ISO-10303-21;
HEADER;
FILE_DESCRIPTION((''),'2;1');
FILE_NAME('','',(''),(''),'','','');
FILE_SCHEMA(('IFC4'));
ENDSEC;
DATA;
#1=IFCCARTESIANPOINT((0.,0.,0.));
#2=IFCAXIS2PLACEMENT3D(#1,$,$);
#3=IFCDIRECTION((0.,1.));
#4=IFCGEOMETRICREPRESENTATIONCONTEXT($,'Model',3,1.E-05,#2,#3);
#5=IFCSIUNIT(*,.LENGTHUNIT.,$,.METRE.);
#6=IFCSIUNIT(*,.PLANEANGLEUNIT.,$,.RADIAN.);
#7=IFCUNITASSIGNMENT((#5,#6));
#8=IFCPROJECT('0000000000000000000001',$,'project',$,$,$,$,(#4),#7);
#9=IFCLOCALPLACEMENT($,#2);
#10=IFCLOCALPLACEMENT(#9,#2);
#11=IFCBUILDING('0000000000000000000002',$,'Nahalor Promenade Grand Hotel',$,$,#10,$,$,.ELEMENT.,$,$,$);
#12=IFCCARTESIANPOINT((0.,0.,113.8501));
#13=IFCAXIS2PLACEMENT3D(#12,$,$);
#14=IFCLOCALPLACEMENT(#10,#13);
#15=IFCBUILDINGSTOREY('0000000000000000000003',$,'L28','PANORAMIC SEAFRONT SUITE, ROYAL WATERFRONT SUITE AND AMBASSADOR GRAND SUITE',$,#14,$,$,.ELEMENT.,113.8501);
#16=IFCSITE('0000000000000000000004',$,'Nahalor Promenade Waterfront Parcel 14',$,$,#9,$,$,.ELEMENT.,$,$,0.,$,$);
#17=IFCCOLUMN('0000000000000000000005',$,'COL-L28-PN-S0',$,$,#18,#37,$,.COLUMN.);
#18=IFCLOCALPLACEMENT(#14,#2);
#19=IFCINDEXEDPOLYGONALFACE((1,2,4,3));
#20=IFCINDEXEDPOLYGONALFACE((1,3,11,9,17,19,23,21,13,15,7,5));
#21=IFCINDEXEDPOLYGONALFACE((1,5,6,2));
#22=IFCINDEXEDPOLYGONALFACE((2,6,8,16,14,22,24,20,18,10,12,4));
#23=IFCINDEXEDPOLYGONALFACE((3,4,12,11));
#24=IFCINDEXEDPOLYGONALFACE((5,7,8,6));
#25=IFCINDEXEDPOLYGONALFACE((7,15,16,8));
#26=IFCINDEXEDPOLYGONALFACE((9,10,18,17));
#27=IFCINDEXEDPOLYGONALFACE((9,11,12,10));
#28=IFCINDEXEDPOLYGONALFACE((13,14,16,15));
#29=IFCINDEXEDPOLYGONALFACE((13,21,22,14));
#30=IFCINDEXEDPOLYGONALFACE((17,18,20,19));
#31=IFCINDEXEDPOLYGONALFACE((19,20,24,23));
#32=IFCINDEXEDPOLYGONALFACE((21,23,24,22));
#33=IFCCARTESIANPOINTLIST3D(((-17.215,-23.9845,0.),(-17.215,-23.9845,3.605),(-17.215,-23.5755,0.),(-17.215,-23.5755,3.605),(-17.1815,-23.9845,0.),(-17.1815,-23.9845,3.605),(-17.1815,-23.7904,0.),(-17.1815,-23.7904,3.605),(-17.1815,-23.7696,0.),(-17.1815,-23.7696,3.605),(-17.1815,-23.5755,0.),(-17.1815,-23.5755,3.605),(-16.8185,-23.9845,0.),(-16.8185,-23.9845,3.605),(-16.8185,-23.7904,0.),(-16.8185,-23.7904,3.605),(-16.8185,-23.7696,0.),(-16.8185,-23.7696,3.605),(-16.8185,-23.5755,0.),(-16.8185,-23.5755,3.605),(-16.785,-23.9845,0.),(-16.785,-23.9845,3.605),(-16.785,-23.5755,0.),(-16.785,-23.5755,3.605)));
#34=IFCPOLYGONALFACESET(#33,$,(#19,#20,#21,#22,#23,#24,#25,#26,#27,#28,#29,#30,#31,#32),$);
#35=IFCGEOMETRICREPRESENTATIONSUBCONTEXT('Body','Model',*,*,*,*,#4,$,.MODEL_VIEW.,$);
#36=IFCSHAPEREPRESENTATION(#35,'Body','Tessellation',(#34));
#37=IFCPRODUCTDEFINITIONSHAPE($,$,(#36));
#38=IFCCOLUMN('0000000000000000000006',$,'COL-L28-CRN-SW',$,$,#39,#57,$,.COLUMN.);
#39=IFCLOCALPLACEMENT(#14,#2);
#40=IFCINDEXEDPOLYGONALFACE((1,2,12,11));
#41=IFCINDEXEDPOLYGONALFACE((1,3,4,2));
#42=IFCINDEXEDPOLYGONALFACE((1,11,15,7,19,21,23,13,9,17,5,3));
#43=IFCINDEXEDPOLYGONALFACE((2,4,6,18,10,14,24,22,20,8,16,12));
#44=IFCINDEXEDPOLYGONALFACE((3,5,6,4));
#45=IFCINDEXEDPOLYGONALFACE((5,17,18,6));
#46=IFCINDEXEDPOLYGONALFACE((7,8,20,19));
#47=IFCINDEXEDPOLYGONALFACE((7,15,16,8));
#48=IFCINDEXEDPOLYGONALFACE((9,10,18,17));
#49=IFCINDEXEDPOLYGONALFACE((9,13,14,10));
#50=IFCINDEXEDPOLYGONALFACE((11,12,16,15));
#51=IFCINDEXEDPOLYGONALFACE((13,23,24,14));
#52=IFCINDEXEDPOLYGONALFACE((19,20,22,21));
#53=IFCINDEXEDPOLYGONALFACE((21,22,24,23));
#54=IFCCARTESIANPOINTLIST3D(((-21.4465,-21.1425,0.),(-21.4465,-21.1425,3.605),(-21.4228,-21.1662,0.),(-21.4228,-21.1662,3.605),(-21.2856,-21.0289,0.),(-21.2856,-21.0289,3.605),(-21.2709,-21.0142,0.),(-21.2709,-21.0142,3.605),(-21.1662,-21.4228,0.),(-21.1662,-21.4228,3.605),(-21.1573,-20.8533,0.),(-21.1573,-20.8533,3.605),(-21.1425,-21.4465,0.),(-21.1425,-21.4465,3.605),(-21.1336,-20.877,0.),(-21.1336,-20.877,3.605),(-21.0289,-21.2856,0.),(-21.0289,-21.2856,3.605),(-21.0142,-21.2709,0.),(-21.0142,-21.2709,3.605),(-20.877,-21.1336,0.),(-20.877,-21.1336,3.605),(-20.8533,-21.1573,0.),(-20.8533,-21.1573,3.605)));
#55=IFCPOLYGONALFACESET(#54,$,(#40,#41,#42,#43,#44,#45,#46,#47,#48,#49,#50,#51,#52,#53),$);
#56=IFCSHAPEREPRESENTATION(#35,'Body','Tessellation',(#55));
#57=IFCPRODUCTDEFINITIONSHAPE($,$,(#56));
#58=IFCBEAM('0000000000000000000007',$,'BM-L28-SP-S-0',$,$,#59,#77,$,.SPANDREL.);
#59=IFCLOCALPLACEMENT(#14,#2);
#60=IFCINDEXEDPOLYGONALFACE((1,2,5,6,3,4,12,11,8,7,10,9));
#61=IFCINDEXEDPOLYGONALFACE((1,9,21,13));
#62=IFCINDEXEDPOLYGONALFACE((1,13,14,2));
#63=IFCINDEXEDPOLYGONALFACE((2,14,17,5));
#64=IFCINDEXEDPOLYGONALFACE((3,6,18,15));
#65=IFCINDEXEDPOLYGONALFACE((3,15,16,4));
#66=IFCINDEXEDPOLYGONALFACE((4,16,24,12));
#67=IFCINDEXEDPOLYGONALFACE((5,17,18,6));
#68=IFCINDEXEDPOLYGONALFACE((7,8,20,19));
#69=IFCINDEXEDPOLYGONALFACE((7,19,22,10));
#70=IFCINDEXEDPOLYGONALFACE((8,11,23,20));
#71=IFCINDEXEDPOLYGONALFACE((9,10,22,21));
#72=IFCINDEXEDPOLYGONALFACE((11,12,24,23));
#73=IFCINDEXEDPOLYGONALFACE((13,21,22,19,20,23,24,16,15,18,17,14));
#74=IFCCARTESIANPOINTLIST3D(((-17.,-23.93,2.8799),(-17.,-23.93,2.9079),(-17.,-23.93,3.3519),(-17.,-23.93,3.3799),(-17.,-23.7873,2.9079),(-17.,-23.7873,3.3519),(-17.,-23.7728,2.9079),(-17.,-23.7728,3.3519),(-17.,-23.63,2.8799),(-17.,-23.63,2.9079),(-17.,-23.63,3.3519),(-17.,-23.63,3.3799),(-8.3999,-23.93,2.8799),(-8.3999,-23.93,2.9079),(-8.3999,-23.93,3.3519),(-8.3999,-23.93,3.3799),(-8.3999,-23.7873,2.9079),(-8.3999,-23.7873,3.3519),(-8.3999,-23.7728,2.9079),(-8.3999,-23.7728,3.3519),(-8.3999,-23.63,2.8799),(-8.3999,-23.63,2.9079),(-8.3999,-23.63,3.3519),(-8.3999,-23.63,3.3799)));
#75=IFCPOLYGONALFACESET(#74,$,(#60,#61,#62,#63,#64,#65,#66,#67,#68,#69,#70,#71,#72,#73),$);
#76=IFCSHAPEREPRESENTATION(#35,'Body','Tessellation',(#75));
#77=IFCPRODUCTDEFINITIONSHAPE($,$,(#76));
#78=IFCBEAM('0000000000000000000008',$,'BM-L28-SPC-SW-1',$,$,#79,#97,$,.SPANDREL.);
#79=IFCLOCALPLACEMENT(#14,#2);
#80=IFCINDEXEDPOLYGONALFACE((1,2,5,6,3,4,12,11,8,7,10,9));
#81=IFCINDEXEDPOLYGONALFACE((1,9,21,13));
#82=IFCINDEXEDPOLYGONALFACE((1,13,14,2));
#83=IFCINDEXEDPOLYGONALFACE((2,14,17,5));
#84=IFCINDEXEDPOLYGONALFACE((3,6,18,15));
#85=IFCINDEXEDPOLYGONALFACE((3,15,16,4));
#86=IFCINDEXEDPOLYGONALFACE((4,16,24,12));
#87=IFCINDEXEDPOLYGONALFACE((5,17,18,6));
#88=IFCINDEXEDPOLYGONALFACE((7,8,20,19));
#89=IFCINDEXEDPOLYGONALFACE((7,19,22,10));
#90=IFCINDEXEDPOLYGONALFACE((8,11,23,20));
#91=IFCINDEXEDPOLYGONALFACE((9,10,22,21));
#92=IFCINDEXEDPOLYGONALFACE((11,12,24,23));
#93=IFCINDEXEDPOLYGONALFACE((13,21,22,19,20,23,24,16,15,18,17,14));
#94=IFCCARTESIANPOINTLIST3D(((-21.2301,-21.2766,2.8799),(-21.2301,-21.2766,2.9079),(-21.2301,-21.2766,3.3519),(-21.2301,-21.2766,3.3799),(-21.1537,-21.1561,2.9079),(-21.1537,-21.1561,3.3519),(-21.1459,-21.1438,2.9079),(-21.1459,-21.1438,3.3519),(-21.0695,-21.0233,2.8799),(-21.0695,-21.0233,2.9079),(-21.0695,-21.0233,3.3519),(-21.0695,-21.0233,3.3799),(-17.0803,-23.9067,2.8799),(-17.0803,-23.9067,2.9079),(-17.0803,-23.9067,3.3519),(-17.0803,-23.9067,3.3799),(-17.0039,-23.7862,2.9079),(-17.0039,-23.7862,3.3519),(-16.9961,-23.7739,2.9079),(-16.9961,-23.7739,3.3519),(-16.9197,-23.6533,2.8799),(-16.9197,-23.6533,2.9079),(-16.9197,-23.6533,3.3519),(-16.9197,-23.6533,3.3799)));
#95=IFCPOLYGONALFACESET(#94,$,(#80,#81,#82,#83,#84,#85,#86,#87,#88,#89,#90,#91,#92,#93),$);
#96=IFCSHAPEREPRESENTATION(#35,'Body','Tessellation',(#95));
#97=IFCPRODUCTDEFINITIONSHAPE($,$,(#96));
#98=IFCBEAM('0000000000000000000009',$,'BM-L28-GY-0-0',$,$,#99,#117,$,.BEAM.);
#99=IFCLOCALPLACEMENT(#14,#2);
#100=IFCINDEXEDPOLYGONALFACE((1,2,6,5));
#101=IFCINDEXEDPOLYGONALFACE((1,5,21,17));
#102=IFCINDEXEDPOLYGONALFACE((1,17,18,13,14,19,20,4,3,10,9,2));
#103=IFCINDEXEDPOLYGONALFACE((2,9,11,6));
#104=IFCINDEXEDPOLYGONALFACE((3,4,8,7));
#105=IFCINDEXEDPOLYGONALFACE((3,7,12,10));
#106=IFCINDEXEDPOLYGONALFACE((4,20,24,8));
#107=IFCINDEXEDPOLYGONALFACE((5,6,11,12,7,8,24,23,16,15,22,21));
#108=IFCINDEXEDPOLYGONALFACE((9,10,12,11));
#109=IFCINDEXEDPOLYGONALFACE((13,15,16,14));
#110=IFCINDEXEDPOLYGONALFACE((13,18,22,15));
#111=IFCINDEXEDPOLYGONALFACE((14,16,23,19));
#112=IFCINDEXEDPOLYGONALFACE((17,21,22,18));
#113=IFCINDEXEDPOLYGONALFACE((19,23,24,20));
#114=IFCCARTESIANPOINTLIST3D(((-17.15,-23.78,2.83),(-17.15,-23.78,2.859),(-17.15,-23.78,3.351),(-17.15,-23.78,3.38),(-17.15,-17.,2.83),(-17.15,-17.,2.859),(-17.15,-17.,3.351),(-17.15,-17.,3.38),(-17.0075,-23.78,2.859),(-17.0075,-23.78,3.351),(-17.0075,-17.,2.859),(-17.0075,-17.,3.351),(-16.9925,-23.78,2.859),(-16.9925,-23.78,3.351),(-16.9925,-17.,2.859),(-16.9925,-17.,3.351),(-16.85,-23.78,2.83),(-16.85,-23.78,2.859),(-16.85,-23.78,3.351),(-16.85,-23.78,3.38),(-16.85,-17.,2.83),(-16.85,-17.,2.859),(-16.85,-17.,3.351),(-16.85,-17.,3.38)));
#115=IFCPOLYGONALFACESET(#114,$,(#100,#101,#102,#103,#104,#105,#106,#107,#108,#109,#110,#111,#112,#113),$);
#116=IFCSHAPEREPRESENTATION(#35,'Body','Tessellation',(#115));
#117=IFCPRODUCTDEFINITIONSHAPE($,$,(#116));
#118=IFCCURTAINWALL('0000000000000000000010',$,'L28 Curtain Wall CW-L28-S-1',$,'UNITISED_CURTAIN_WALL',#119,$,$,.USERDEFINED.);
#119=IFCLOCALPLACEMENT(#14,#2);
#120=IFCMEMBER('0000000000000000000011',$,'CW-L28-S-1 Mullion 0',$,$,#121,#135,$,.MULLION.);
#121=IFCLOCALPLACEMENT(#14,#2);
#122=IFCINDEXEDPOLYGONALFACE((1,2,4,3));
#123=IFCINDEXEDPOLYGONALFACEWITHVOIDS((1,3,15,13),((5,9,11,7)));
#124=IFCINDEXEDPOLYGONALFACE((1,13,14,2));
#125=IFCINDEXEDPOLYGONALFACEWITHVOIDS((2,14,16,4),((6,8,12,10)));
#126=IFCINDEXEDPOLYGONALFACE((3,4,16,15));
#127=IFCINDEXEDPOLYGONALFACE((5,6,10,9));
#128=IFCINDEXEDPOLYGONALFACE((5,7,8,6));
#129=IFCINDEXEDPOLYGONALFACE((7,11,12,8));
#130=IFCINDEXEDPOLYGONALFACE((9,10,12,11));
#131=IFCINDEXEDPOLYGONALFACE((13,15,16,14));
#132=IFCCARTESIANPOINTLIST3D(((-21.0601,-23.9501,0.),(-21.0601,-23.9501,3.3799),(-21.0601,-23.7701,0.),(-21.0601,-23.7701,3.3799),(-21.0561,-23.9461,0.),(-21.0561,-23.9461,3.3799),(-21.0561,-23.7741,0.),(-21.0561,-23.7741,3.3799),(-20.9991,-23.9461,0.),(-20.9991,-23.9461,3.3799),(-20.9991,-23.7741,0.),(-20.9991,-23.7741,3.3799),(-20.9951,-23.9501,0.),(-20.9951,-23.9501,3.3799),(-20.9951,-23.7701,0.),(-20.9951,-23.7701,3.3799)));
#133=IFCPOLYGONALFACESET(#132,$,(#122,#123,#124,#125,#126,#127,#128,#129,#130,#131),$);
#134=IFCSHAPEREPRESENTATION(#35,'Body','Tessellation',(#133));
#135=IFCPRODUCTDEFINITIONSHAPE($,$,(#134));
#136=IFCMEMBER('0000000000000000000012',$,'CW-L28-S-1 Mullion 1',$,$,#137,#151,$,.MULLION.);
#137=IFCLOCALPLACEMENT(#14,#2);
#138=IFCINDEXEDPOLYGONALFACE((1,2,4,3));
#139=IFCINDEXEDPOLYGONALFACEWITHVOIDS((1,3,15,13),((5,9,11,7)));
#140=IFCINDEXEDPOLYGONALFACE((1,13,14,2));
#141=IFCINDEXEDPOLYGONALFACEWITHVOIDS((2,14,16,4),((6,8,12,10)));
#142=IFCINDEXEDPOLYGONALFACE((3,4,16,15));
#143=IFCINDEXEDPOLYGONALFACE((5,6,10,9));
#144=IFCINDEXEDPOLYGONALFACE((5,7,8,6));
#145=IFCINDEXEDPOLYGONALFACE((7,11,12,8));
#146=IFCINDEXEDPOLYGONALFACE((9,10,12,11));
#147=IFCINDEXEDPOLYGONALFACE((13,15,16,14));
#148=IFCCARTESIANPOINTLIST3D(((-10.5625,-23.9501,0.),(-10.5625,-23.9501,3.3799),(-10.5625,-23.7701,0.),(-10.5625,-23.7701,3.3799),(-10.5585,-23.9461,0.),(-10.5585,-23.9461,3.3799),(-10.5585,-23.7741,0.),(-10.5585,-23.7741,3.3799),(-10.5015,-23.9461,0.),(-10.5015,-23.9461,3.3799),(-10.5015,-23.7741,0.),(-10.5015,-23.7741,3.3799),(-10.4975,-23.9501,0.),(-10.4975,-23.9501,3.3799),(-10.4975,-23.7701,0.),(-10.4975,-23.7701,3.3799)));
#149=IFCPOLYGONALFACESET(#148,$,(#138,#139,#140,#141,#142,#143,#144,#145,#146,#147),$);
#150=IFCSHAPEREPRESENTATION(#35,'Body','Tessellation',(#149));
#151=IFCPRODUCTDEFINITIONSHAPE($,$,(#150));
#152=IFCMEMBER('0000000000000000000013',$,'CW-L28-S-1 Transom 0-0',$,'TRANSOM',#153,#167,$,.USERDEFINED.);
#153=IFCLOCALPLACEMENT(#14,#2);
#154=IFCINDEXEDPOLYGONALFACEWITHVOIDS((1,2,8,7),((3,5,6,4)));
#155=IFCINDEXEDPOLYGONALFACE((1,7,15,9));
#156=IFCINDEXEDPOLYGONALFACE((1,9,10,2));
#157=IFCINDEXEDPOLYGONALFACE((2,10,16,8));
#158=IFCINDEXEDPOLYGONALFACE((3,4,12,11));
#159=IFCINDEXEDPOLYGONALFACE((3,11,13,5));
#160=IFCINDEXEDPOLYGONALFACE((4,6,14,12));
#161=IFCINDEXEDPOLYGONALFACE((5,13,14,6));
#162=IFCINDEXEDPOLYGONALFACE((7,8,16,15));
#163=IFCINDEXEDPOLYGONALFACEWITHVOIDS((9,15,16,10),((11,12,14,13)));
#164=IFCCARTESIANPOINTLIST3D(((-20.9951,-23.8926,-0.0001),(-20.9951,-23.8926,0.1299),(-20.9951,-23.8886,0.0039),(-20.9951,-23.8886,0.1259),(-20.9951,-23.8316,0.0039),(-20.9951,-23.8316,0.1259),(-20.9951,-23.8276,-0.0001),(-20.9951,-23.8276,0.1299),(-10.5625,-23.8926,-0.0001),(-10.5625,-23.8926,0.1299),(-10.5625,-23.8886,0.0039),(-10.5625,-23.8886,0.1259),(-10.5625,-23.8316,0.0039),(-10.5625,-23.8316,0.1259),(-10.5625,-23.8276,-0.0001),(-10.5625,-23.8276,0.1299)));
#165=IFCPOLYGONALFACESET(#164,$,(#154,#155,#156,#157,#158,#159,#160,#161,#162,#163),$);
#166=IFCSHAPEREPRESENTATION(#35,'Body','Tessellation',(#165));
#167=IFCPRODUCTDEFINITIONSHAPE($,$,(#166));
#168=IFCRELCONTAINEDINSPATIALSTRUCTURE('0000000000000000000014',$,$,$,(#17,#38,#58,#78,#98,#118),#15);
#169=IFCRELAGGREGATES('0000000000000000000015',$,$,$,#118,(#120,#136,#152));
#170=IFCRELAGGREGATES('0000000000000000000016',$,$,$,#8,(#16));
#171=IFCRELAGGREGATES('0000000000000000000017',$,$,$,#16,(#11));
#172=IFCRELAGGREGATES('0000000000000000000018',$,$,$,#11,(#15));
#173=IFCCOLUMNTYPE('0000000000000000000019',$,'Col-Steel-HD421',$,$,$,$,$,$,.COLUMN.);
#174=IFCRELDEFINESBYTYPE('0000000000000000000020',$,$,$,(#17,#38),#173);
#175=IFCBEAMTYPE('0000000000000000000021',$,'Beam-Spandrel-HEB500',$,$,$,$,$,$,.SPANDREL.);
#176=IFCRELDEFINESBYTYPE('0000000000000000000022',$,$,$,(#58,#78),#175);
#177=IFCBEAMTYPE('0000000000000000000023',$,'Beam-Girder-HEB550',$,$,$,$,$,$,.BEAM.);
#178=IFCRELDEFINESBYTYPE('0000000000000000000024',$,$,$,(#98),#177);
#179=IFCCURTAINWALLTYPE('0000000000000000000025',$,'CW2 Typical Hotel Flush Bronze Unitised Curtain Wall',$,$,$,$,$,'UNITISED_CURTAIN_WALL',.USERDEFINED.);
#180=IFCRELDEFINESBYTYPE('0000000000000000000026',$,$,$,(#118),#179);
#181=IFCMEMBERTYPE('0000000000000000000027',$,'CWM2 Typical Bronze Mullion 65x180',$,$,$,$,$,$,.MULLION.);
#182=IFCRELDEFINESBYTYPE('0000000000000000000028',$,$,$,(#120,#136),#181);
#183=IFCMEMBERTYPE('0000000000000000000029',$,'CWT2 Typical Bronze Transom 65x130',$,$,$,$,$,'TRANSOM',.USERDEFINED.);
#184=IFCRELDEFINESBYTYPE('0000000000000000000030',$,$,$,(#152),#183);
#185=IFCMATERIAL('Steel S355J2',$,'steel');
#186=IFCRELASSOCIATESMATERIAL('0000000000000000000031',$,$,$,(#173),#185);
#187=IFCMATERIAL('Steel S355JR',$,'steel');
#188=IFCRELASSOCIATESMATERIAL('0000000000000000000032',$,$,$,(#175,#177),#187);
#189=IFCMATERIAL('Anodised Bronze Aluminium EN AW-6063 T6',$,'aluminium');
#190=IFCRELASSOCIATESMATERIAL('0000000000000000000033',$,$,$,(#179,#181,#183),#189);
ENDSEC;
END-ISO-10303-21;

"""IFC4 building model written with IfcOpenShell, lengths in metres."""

from ifc_helpers import new_model, si_unit, direction, frame, origin, origin_2d, place, context, subcontext, project, spatial, hollow_rectangle, i_section, extrude, source, transform, mapped, material, material_profile, profile_set, type_object, element, aggregate, save


model = new_model("IFC4")

# Units and contexts
model_context = context("Model", 3, precision=1e-05, world=origin(), true_north=direction((0.0, 1.0)))
body_context = subcontext(model_context, "Body", "Model", "MODEL_VIEW")
ifc_project = project(units=[si_unit("LENGTHUNIT", "METRE"), si_unit("PLANEANGLEUNIT", "RADIAN")], contexts=[model_context])

# Site, building, storey
site_placement = place(None, origin())
site = spatial("IfcSite", under=ifc_project, at=site_placement, Name="Nahalor Promenade Waterfront Parcel 14", CompositionType="ELEMENT", RefElevation=0.0)
building_placement = place(site_placement, origin())
building = spatial("IfcBuilding", under=site, at=building_placement, Name="Nahalor Promenade Grand Hotel", CompositionType="ELEMENT")
storey_placement = place(building_placement, frame((0.0, 0.0, 113.8501)))
storey = spatial("IfcBuildingStorey", under=building, at=storey_placement, Name="L28", Description="PANORAMIC SEAFRONT SUITE, ROYAL WATERFRONT SUITE AND AMBASSADOR GRAND SUITE", CompositionType="ELEMENT", Elevation=113.8501)

# Columns
ifc_material_1 = material(Name="Steel S355J2", Category="steel")
ifc_material_profile_1 = material_profile(ifc_material_1, i_section(OverallWidth=0.409, OverallDepth=0.43, WebThickness=0.0208, FlangeThickness=0.0335, at=origin_2d()), Name="HD 400x421")
ifc_profile_set_1 = profile_set([ifc_material_profile_1], Name="Steel S355J2")
column_type = type_object("IfcColumnType", Name="Col-Steel-HD421", PredefinedType="COLUMN", material=ifc_profile_set_1)
shared_shape_1 = source(origin(), body_context, "Body", "SweptSolid", [
    extrude(i_section(OverallWidth=0.409, OverallDepth=0.43, WebThickness=0.0208, FlangeThickness=0.0335, at=origin_2d()), origin(), (0.0, 0.0, 1.0), 3.605),
])
for number, where, z_axis, x_axis, name in (
    (1, (-17.0, -23.78, 0.0), (0.0, 0.0, 1.0), (0.0, 1.0, 0.0), "COL-L28-PN-S0"),
    (2, (-21.1499, -21.1499, 0.0), (0.0, 0.0, 1.0), (0.707107, 0.707107, 0.0), "COL-L28-CRN-SW"),
):
    element("IfcColumn", number, at=place(storey_placement, frame(where, z_axis=z_axis, x_axis=x_axis)), inside=storey, type_object=column_type, Name=name, PredefinedType="COLUMN", context=body_context, shape_type="MappedRepresentation", body=[
        mapped(shared_shape_1, transform((0.0, 0.0, 0.0), scale=1.0)),
    ])

# Beams
ifc_material_2 = material(Name="Steel S355JR", Category="steel")
ifc_material_profile_2 = material_profile(ifc_material_2, i_section(OverallWidth=0.3, OverallDepth=0.5, WebThickness=0.0145, FlangeThickness=0.028, at=origin_2d()), Name="HEB 500")
ifc_profile_set_2 = profile_set([ifc_material_profile_2], Name="Steel S355JR")
beam_type_1 = type_object("IfcBeamType", Name="Beam-Spandrel-HEB500", PredefinedType="SPANDREL", material=ifc_profile_set_2)
shared_shape_2 = source(origin(), body_context, "Body", "SweptSolid", [
    extrude(i_section(OverallWidth=0.3, OverallDepth=0.5, WebThickness=0.0145, FlangeThickness=0.028, at=origin_2d()), origin(), (0.0, 0.0, 1.0), 8.6001),
])
beam_1_placement = place(storey_placement, frame((-17.0, -23.78, 3.1299), z_axis=(1.0, 0.0, 0.0), x_axis=(0.0, 1.0, 0.0)))
element("IfcBeam", 3, at=beam_1_placement, inside=storey, type_object=beam_type_1, Name="BM-L28-SP-S-0", PredefinedType="SPANDREL", context=body_context, shape_type="MappedRepresentation", body=[
    mapped(shared_shape_2, transform((0.0, 0.0, 0.0), scale=1.0)),
])
shared_shape_3 = source(origin(), body_context, "Body", "SweptSolid", [
    extrude(i_section(OverallWidth=0.3, OverallDepth=0.5, WebThickness=0.0145, FlangeThickness=0.028, at=origin_2d()), origin(), (0.0, 0.0, 1.0), 4.9131),
])
beam_2_placement = place(storey_placement, frame((-17.0, -23.78, 3.1299), z_axis=(-0.844648, 0.535322, 0.0), x_axis=(-0.535322, -0.844648, 0.0)))
element("IfcBeam", 4, at=beam_2_placement, inside=storey, type_object=beam_type_1, Name="BM-L28-SPC-SW-1", PredefinedType="SPANDREL", context=body_context, shape_type="MappedRepresentation", body=[
    mapped(shared_shape_3, transform((0.0, 0.0, 0.0), scale=1.0)),
])
ifc_material_profile_3 = material_profile(ifc_material_2, i_section(OverallWidth=0.3, OverallDepth=0.55, WebThickness=0.015, FlangeThickness=0.029, at=origin_2d()), Name="HEB 550")
ifc_profile_set_3 = profile_set([ifc_material_profile_3], Name="Steel S355JR")
beam_type_2 = type_object("IfcBeamType", Name="Beam-Girder-HEB550", PredefinedType="BEAM", material=ifc_profile_set_3)
shared_shape_4 = source(origin(), body_context, "Body", "SweptSolid", [
    extrude(i_section(OverallWidth=0.3, OverallDepth=0.55, WebThickness=0.015, FlangeThickness=0.029, at=origin_2d()), origin(), (0.0, 0.0, 1.0), 6.78),
])
beam_3_placement = place(storey_placement, frame((-17.0, -23.78, 3.105), z_axis=(0.0, 1.0, 0.0), x_axis=(-1.0, 0.0, 0.0)))
element("IfcBeam", 5, at=beam_3_placement, inside=storey, type_object=beam_type_2, Name="BM-L28-GY-0-0", PredefinedType="BEAM", context=body_context, shape_type="MappedRepresentation", body=[
    mapped(shared_shape_4, transform((0.0, 0.0, 0.0), scale=1.0)),
])

# Curtain wall, members
ifc_material_3 = material(Name="Anodised Bronze Aluminium EN AW-6063 T6", Category="aluminium")
curtain_wall_type = type_object("IfcCurtainWallType", Name="CW2 Typical Hotel Flush Bronze Unitised Curtain Wall", ElementType="UNITISED_CURTAIN_WALL", PredefinedType="USERDEFINED", material=ifc_material_3)
curtain_wall_placement = place(storey_placement, origin())
curtain_wall = element("IfcCurtainWall", 6, at=curtain_wall_placement, inside=storey, type_object=curtain_wall_type, Name="L28 Curtain Wall CW-L28-S-1", ObjectType="UNITISED_CURTAIN_WALL", PredefinedType="USERDEFINED")
ifc_material_profile_4 = material_profile(ifc_material_3, hollow_rectangle(XDim=0.065, YDim=0.18, WallThickness=0.004, at=origin_2d()), Name="CWM 65x180x4")
ifc_profile_set_4 = profile_set([ifc_material_profile_4], Name="Anodised Bronze Aluminium EN AW-6063 T6")
member_type_1 = type_object("IfcMemberType", Name="CWM2 Typical Bronze Mullion 65x180", PredefinedType="MULLION", material=ifc_profile_set_4)
shared_shape_5 = source(origin(), body_context, "Body", "SweptSolid", [
    extrude(hollow_rectangle(XDim=0.065, YDim=0.18, WallThickness=0.004, at=origin_2d()), origin(), (0.0, 0.0, 1.0), 3.3799),
])
member_1_placement = place(storey_placement, frame((-21.0276, -23.8601, 0.0), z_axis=(0.0, 0.0, 1.0), x_axis=(1.0, 0.0, 0.0)))
member_1 = element("IfcMember", 7, at=member_1_placement, type_object=member_type_1, Name="CW-L28-S-1 Mullion 0", PredefinedType="MULLION", context=body_context, shape_type="MappedRepresentation", body=[
    mapped(shared_shape_5, transform((0.0, 0.0, 0.0), scale=1.0)),
])
member_2_placement = place(storey_placement, frame((-10.53, -23.8601, 0.0), z_axis=(0.0, 0.0, 1.0), x_axis=(1.0, 0.0, 0.0)))
member_2 = element("IfcMember", 8, at=member_2_placement, type_object=member_type_1, Name="CW-L28-S-1 Mullion 1", PredefinedType="MULLION", context=body_context, shape_type="MappedRepresentation", body=[
    mapped(shared_shape_5, transform((0.0, 0.0, 0.0), scale=1.0)),
])
ifc_material_profile_5 = material_profile(ifc_material_3, hollow_rectangle(XDim=0.065, YDim=0.13, WallThickness=0.004, at=origin_2d()), Name="CWT 65x130x4")
ifc_profile_set_5 = profile_set([ifc_material_profile_5], Name="Anodised Bronze Aluminium EN AW-6063 T6")
member_type_2 = type_object("IfcMemberType", Name="CWT2 Typical Bronze Transom 65x130", ElementType="TRANSOM", PredefinedType="USERDEFINED", material=ifc_profile_set_5)
shared_shape_6 = source(origin(), body_context, "Body", "SweptSolid", [
    extrude(hollow_rectangle(XDim=0.065, YDim=0.13, WallThickness=0.004, at=origin_2d()), origin(), (0.0, 0.0, 1.0), 10.4326),
])
member_3_placement = place(storey_placement, frame((-20.9951, -23.8601, 0.0649), z_axis=(1.0, 0.0, 0.0), x_axis=(0.0, 1.0, 0.0)))
member_3 = element("IfcMember", 9, at=member_3_placement, type_object=member_type_2, Name="CW-L28-S-1 Transom 0-0", ObjectType="TRANSOM", PredefinedType="USERDEFINED", context=body_context, shape_type="MappedRepresentation", body=[
    mapped(shared_shape_6, transform((0.0, 0.0, 0.0), scale=1.0)),
])
aggregate(curtain_wall, [member_1, member_2, member_3])

save(model, "model.ifc")
